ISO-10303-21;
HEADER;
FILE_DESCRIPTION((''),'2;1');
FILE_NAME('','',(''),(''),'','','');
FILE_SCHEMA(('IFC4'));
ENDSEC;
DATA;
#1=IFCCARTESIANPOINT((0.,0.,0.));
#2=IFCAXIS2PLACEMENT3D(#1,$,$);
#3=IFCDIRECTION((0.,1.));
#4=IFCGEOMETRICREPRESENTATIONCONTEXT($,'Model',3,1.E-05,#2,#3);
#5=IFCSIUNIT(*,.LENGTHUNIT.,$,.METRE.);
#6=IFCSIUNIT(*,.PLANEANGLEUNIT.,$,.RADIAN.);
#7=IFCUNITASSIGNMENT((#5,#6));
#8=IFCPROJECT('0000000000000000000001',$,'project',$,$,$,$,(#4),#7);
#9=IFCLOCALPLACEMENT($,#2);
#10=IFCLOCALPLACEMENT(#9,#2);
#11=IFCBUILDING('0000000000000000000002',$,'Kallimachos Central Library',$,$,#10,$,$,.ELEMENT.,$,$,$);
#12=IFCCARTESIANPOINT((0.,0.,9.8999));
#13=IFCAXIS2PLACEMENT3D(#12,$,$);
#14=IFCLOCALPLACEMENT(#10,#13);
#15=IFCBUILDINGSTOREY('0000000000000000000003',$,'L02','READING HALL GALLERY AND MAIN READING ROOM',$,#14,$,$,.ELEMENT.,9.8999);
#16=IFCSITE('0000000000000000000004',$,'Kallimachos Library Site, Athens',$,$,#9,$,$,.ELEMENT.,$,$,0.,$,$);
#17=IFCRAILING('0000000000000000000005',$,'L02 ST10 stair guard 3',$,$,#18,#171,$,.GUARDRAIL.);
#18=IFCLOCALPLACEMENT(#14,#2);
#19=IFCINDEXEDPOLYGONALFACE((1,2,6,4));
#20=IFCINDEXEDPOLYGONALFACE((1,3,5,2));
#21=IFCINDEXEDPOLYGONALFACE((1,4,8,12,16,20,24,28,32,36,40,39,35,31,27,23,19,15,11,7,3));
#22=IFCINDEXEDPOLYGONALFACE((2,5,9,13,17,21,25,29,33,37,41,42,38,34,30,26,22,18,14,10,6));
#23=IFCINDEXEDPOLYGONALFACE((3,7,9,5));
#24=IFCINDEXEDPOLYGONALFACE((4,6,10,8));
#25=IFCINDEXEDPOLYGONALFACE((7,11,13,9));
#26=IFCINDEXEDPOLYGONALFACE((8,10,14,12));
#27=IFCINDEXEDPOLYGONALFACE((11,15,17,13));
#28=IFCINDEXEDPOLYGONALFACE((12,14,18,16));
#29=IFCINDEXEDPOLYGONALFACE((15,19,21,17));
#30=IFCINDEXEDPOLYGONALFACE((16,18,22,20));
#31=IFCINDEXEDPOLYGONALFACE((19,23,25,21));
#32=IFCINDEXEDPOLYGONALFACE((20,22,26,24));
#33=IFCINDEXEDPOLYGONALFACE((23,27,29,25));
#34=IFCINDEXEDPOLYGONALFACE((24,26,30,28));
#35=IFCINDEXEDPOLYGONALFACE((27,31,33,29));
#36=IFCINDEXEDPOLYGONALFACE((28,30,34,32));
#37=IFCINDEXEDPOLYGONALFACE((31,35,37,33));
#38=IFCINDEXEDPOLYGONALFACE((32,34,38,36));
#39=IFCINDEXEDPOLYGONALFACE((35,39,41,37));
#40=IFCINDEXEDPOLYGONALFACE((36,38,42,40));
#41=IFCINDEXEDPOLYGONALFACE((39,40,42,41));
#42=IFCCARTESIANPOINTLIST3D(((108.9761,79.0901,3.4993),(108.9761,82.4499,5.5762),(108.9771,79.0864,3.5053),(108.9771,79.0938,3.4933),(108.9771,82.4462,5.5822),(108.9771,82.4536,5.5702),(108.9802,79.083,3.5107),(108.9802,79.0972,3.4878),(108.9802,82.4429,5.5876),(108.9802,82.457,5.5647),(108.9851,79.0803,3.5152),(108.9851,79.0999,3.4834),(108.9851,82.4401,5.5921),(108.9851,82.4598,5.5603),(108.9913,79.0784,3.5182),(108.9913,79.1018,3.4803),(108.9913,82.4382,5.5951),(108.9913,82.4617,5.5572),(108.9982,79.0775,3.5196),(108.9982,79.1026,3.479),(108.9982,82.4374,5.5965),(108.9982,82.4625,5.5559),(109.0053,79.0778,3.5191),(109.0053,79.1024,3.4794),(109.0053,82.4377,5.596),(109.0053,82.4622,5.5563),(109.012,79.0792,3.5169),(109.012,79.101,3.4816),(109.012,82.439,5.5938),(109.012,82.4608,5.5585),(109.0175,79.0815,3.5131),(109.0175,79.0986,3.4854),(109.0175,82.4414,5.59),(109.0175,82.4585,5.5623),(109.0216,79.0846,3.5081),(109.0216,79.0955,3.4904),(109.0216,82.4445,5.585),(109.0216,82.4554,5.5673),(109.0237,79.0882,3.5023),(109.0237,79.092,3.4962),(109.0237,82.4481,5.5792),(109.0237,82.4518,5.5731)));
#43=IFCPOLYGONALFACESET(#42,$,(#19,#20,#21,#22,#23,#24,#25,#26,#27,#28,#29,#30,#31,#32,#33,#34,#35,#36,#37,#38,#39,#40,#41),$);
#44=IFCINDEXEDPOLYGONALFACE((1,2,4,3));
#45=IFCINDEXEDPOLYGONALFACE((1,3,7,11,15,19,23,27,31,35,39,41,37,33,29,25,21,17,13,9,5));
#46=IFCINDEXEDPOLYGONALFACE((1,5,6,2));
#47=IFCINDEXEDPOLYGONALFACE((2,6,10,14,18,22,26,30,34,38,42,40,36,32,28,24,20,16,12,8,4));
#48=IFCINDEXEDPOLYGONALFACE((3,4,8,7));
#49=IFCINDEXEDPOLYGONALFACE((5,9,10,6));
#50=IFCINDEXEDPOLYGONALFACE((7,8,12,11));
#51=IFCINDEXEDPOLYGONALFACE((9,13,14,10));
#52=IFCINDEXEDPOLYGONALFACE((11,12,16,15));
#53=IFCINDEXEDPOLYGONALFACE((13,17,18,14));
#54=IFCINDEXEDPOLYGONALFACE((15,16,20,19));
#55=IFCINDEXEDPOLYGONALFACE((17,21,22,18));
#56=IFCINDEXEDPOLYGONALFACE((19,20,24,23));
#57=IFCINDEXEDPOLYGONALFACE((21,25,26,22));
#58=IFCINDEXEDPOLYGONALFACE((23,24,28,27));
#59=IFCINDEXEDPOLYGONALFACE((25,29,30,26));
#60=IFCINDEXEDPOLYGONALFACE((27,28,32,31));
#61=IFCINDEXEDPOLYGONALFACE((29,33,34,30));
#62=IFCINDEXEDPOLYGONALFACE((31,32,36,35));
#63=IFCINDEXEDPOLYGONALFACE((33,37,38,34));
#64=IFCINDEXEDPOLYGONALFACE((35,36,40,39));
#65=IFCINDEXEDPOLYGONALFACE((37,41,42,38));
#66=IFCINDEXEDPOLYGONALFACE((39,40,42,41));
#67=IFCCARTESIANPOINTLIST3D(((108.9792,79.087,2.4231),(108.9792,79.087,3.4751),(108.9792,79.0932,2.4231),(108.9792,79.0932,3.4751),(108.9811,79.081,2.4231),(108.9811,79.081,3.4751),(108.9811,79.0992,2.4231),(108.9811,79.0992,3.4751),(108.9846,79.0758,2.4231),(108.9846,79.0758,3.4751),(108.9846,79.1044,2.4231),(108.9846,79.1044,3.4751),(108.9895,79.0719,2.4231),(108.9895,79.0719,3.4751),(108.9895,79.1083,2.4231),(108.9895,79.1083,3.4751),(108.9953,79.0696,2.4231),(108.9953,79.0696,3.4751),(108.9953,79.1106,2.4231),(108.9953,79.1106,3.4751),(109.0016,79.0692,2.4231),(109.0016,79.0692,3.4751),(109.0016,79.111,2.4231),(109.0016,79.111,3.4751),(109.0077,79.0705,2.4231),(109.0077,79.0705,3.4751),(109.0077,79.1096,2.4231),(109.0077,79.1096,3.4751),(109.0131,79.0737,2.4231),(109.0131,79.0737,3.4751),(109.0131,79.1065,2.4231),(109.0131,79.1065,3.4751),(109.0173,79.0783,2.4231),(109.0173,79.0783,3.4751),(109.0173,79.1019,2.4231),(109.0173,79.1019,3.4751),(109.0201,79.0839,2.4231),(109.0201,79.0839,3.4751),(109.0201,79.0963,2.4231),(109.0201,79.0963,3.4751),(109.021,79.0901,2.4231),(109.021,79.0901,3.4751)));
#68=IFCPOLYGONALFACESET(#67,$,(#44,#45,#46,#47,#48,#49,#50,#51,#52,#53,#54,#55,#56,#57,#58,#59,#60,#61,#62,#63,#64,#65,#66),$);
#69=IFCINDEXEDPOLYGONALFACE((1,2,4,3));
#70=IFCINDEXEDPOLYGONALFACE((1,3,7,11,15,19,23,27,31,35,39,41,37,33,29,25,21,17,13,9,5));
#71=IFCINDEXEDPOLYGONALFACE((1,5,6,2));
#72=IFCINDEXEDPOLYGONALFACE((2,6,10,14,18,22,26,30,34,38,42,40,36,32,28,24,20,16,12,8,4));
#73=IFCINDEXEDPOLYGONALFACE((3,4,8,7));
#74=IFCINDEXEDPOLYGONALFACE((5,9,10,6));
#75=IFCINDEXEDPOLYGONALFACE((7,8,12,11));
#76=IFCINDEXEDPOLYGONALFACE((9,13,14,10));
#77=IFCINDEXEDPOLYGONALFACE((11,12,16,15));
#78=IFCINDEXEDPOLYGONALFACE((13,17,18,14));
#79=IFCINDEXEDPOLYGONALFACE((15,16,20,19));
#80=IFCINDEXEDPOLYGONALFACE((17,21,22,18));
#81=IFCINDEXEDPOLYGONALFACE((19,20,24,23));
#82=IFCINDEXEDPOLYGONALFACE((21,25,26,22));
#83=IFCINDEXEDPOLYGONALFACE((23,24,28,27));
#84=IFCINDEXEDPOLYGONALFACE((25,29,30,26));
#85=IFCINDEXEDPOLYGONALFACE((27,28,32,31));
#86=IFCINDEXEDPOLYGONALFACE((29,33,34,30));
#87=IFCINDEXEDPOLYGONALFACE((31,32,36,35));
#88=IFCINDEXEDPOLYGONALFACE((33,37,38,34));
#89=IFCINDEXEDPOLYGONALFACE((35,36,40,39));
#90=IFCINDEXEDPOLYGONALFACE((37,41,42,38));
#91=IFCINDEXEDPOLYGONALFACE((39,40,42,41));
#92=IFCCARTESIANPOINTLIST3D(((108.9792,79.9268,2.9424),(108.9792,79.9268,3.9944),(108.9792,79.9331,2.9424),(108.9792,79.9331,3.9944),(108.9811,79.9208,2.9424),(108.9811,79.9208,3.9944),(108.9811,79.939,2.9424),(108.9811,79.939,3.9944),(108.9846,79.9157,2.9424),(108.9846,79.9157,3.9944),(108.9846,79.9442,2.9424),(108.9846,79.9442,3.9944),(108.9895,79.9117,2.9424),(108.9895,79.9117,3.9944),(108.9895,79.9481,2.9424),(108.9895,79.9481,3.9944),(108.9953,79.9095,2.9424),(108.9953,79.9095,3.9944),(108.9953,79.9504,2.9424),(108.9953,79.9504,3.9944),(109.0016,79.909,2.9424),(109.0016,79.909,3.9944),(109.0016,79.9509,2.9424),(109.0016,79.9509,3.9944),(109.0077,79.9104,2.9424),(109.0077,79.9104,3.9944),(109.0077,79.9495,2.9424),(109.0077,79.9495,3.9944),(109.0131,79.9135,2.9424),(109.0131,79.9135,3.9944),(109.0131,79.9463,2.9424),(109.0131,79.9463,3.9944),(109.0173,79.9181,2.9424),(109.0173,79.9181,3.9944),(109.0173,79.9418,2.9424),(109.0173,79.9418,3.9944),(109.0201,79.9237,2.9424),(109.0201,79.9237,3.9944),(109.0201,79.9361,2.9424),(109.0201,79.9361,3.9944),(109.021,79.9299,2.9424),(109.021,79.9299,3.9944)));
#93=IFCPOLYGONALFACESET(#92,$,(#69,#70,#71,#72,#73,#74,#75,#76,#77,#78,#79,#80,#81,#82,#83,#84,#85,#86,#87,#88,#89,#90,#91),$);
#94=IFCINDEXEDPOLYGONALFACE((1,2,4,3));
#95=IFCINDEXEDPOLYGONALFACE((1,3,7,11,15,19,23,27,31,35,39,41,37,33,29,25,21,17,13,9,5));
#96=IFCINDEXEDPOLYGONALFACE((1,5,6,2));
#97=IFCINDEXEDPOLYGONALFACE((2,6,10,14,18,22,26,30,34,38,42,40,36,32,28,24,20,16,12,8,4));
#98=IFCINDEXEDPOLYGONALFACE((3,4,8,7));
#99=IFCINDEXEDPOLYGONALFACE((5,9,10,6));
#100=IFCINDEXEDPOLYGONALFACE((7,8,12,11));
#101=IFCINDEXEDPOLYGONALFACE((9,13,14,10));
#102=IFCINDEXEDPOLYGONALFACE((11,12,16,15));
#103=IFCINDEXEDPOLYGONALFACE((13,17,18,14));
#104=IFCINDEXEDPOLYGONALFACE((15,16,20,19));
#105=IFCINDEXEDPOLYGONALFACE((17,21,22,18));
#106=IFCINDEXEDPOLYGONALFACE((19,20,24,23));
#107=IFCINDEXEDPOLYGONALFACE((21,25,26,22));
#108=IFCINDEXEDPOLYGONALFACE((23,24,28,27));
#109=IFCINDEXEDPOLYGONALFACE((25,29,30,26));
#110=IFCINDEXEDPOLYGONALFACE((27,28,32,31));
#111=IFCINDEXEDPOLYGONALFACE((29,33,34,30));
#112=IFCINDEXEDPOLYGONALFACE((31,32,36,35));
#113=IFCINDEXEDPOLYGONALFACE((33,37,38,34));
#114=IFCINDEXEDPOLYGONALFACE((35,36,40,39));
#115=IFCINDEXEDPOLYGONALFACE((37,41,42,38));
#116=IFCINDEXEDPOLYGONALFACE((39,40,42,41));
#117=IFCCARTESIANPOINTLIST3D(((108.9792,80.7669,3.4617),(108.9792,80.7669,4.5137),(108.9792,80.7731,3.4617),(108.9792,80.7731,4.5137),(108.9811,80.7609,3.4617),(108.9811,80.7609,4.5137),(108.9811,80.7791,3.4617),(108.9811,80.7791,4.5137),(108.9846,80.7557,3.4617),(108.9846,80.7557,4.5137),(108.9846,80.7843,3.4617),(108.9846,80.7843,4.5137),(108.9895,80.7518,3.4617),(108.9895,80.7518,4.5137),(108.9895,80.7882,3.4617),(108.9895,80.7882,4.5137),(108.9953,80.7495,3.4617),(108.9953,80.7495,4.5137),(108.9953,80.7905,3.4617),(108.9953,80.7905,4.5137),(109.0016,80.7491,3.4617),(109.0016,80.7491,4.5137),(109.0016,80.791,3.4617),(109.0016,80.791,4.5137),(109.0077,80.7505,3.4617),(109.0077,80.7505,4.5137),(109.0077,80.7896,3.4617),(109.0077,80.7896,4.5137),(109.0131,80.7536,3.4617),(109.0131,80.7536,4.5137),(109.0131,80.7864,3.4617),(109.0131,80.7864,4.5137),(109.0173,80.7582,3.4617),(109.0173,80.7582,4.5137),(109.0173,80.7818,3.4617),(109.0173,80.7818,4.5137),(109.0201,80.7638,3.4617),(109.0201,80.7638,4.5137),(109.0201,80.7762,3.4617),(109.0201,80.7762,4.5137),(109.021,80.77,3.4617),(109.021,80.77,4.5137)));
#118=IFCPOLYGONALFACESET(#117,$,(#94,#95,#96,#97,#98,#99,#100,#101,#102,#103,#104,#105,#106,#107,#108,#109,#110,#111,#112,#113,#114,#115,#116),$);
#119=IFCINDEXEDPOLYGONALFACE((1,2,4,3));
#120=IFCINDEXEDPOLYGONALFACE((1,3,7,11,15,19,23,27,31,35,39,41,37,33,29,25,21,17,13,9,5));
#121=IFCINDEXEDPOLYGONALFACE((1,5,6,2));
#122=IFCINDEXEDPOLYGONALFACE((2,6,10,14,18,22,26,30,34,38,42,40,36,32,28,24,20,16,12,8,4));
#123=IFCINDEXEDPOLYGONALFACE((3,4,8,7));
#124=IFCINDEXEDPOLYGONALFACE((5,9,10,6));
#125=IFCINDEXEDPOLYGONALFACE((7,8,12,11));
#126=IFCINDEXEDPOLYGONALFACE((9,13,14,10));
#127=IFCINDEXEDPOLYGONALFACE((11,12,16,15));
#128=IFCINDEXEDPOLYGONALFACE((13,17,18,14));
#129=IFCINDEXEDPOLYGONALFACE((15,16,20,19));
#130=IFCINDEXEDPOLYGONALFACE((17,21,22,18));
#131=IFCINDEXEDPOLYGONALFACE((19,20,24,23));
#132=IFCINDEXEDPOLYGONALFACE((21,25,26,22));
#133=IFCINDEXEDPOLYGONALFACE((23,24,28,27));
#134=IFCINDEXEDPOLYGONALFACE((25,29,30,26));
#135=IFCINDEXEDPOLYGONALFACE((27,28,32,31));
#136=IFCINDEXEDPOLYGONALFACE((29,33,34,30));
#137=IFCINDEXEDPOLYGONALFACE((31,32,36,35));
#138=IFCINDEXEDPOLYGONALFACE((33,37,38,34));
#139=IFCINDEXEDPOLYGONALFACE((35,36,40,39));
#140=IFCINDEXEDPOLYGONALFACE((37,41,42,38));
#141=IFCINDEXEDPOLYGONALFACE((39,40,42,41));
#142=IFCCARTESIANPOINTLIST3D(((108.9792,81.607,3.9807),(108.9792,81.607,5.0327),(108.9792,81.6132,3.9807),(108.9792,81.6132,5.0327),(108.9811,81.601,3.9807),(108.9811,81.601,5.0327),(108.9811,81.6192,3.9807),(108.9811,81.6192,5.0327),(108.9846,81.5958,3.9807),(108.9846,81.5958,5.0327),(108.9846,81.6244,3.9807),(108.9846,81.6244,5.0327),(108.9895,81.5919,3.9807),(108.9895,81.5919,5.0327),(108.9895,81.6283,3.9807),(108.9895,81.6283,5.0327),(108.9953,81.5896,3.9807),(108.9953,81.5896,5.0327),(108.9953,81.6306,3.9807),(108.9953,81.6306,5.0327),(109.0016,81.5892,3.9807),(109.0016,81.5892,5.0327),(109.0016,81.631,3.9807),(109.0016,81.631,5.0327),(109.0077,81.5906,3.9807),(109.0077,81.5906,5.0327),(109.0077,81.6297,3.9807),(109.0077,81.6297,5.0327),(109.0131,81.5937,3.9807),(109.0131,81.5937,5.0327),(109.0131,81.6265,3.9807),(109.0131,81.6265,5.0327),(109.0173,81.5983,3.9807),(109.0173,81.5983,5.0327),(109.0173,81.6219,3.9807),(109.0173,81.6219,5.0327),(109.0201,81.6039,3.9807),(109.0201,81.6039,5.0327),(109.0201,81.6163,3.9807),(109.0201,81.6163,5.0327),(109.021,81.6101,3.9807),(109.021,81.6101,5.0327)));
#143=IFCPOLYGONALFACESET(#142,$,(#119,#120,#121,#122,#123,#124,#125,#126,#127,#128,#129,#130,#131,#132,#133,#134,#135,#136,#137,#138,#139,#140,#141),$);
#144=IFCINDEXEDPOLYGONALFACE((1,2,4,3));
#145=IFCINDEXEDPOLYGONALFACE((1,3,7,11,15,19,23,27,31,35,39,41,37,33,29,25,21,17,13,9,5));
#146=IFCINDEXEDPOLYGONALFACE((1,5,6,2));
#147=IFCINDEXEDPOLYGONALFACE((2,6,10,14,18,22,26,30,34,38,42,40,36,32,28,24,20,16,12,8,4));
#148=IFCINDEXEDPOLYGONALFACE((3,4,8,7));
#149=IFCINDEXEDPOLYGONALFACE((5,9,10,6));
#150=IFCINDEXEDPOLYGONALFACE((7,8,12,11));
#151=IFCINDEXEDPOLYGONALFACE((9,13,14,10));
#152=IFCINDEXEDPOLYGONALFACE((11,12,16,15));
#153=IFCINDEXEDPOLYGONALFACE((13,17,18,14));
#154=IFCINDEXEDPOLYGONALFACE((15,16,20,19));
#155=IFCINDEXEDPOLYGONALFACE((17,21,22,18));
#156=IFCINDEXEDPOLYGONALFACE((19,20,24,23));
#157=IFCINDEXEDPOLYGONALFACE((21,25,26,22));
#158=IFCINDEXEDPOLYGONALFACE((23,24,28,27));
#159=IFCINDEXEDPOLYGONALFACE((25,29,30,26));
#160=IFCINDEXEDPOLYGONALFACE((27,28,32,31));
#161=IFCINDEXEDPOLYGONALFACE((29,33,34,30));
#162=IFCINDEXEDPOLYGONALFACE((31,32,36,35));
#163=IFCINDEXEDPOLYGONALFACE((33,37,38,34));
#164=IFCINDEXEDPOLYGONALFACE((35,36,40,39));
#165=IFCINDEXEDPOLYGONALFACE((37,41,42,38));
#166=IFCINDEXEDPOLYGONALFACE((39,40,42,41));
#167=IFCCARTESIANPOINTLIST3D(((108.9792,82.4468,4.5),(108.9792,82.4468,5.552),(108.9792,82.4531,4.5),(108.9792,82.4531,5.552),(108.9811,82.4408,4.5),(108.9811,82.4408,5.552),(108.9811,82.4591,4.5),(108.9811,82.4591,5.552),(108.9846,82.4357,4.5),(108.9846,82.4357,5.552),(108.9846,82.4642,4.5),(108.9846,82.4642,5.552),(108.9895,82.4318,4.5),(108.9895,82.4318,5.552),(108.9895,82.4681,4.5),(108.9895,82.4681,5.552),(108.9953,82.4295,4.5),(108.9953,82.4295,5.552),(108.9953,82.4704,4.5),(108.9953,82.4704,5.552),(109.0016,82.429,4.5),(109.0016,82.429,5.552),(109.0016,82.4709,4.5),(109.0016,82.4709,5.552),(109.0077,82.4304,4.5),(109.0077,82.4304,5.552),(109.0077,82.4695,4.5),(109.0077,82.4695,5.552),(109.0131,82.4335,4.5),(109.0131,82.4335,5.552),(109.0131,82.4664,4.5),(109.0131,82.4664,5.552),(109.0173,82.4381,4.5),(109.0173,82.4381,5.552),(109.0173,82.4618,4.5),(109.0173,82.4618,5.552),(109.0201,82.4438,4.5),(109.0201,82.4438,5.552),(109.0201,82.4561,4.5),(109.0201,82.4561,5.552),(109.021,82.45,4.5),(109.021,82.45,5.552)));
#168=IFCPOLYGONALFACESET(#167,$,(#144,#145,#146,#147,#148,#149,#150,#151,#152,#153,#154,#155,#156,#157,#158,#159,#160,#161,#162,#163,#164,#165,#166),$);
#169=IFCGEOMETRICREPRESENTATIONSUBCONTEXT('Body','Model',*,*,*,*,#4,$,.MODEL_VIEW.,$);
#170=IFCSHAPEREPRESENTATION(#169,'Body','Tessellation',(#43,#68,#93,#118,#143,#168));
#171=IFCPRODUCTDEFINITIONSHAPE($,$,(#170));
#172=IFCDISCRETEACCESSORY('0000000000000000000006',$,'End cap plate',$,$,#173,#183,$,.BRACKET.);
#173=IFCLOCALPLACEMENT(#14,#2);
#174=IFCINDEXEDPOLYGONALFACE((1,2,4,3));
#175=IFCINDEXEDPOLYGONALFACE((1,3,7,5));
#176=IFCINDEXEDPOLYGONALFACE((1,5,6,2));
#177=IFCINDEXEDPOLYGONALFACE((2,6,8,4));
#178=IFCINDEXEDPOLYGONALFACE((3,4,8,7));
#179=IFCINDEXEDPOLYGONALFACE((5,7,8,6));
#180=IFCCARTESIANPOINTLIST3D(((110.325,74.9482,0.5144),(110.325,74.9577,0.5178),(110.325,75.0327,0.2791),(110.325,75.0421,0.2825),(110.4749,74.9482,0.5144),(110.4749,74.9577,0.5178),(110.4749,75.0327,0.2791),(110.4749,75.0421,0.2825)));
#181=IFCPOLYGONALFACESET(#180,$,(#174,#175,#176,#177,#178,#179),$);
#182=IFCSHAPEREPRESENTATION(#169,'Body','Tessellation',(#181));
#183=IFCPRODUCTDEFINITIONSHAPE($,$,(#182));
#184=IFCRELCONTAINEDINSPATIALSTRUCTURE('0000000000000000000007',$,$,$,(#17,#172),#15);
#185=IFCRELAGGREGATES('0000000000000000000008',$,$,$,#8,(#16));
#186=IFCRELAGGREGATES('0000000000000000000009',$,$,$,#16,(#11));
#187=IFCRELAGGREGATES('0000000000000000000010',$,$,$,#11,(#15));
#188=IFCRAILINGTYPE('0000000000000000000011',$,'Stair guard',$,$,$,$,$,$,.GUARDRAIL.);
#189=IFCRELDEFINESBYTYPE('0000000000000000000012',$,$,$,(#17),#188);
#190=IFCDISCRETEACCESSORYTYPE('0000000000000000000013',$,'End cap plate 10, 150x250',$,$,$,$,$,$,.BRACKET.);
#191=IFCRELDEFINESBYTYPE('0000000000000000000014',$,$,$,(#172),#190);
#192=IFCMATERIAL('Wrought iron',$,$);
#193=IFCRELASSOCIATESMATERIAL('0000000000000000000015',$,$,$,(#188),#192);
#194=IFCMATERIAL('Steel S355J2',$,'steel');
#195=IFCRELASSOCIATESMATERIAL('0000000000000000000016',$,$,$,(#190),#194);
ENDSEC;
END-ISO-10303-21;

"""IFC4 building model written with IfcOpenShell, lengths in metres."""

from ifc_helpers import new_model, si_unit, direction, frame, origin, origin_2d, place, context, subcontext, project, spatial, rectangle, circle, extrude, material, material_profile, profile_set, type_object, element, save


model = new_model("IFC4")

# Units and contexts
model_context = context("Model", 3, precision=1e-05, world=origin(), true_north=direction((0.0, 1.0)))
body_context = subcontext(model_context, "Body", "Model", "MODEL_VIEW")
ifc_project = project(units=[si_unit("LENGTHUNIT", "METRE"), si_unit("PLANEANGLEUNIT", "RADIAN")], contexts=[model_context])

# Site, building, storey
site_placement = place(None, origin())
site = spatial("IfcSite", under=ifc_project, at=site_placement, Name="Kallimachos Library Site, Athens", CompositionType="ELEMENT", RefElevation=0.0)
building_placement = place(site_placement, origin())
building = spatial("IfcBuilding", under=site, at=building_placement, Name="Kallimachos Central Library", CompositionType="ELEMENT")
storey_placement = place(building_placement, frame((0.0, 0.0, 9.8999)))
storey = spatial("IfcBuildingStorey", under=building, at=storey_placement, Name="L02", Description="READING HALL GALLERY AND MAIN READING ROOM", CompositionType="ELEMENT", Elevation=9.8999)

# Railing
ifc_material_1 = material(Name="Wrought iron")
railing_type = type_object("IfcRailingType", Name="Stair guard", PredefinedType="GUARDRAIL", material=ifc_material_1)
railing_1_placement = place(storey_placement, frame((109.0, 79.0901, 2.4231)))
element("IfcRailing", 1, at=railing_1_placement, inside=storey, type_object=railing_type, Name="L02 ST10 stair guard 3", PredefinedType="GUARDRAIL", context=body_context, shape_type="SweptSolid", body=[
    extrude(circle(Radius=0.0239, at=origin_2d()), frame((0.0, 0.0, 1.0762), z_axis=(0.0, 0.850606, 0.525803), x_axis=(-1.0, 0.0, 0.0)), (0.0, 0.0, 1.0), 3.95),
    extrude(circle(Radius=0.021, at=origin_2d()), origin(), (0.0, 0.0, 1.0), 1.052),
    extrude(circle(Radius=0.021, at=origin_2d()), frame((0.0, 0.8398, 0.5193)), (0.0, 0.0, 1.0), 1.052),
    extrude(circle(Radius=0.021, at=origin_2d()), frame((0.0, 1.6799, 1.0386)), (0.0, 0.0, 1.0), 1.052),
    extrude(circle(Radius=0.021, at=origin_2d()), frame((0.0, 2.52, 1.5576)), (0.0, 0.0, 1.0), 1.052),
    extrude(circle(Radius=0.021, at=origin_2d()), frame((0.0, 3.3599, 2.0769)), (0.0, 0.0, 1.0), 1.052),
])

# Discrete accessory
ifc_material_2 = material(Name="Steel S355J2", Category="steel")
ifc_material_profile_1 = material_profile(ifc_material_2, rectangle(XDim=0.1499, YDim=0.25, at=origin_2d()), Name="End cap plate 10, 150x250")
ifc_profile_set_1 = profile_set([ifc_material_profile_1], Name="Steel S355J2")
discrete_accessory_type = type_object("IfcDiscreteAccessoryType", Name="End cap plate 10, 150x250", PredefinedType="BRACKET", material=ifc_profile_set_1)
discrete_accessory_placement = place(storey_placement, frame((110.3999, 74.9905, 0.3967), z_axis=(0.0, 0.941195, 0.337865), x_axis=(-1.0, 0.0, 0.0)))
element("IfcDiscreteAccessory", 2, at=discrete_accessory_placement, inside=storey, type_object=discrete_accessory_type, Name="End cap plate", PredefinedType="BRACKET", context=body_context, shape_type="SweptSolid", body=[
    extrude(rectangle(XDim=0.1499, YDim=0.25, at=origin_2d()), origin(), (0.0, 0.0, 1.0), 0.01),
])

save(model, "model.ifc")
